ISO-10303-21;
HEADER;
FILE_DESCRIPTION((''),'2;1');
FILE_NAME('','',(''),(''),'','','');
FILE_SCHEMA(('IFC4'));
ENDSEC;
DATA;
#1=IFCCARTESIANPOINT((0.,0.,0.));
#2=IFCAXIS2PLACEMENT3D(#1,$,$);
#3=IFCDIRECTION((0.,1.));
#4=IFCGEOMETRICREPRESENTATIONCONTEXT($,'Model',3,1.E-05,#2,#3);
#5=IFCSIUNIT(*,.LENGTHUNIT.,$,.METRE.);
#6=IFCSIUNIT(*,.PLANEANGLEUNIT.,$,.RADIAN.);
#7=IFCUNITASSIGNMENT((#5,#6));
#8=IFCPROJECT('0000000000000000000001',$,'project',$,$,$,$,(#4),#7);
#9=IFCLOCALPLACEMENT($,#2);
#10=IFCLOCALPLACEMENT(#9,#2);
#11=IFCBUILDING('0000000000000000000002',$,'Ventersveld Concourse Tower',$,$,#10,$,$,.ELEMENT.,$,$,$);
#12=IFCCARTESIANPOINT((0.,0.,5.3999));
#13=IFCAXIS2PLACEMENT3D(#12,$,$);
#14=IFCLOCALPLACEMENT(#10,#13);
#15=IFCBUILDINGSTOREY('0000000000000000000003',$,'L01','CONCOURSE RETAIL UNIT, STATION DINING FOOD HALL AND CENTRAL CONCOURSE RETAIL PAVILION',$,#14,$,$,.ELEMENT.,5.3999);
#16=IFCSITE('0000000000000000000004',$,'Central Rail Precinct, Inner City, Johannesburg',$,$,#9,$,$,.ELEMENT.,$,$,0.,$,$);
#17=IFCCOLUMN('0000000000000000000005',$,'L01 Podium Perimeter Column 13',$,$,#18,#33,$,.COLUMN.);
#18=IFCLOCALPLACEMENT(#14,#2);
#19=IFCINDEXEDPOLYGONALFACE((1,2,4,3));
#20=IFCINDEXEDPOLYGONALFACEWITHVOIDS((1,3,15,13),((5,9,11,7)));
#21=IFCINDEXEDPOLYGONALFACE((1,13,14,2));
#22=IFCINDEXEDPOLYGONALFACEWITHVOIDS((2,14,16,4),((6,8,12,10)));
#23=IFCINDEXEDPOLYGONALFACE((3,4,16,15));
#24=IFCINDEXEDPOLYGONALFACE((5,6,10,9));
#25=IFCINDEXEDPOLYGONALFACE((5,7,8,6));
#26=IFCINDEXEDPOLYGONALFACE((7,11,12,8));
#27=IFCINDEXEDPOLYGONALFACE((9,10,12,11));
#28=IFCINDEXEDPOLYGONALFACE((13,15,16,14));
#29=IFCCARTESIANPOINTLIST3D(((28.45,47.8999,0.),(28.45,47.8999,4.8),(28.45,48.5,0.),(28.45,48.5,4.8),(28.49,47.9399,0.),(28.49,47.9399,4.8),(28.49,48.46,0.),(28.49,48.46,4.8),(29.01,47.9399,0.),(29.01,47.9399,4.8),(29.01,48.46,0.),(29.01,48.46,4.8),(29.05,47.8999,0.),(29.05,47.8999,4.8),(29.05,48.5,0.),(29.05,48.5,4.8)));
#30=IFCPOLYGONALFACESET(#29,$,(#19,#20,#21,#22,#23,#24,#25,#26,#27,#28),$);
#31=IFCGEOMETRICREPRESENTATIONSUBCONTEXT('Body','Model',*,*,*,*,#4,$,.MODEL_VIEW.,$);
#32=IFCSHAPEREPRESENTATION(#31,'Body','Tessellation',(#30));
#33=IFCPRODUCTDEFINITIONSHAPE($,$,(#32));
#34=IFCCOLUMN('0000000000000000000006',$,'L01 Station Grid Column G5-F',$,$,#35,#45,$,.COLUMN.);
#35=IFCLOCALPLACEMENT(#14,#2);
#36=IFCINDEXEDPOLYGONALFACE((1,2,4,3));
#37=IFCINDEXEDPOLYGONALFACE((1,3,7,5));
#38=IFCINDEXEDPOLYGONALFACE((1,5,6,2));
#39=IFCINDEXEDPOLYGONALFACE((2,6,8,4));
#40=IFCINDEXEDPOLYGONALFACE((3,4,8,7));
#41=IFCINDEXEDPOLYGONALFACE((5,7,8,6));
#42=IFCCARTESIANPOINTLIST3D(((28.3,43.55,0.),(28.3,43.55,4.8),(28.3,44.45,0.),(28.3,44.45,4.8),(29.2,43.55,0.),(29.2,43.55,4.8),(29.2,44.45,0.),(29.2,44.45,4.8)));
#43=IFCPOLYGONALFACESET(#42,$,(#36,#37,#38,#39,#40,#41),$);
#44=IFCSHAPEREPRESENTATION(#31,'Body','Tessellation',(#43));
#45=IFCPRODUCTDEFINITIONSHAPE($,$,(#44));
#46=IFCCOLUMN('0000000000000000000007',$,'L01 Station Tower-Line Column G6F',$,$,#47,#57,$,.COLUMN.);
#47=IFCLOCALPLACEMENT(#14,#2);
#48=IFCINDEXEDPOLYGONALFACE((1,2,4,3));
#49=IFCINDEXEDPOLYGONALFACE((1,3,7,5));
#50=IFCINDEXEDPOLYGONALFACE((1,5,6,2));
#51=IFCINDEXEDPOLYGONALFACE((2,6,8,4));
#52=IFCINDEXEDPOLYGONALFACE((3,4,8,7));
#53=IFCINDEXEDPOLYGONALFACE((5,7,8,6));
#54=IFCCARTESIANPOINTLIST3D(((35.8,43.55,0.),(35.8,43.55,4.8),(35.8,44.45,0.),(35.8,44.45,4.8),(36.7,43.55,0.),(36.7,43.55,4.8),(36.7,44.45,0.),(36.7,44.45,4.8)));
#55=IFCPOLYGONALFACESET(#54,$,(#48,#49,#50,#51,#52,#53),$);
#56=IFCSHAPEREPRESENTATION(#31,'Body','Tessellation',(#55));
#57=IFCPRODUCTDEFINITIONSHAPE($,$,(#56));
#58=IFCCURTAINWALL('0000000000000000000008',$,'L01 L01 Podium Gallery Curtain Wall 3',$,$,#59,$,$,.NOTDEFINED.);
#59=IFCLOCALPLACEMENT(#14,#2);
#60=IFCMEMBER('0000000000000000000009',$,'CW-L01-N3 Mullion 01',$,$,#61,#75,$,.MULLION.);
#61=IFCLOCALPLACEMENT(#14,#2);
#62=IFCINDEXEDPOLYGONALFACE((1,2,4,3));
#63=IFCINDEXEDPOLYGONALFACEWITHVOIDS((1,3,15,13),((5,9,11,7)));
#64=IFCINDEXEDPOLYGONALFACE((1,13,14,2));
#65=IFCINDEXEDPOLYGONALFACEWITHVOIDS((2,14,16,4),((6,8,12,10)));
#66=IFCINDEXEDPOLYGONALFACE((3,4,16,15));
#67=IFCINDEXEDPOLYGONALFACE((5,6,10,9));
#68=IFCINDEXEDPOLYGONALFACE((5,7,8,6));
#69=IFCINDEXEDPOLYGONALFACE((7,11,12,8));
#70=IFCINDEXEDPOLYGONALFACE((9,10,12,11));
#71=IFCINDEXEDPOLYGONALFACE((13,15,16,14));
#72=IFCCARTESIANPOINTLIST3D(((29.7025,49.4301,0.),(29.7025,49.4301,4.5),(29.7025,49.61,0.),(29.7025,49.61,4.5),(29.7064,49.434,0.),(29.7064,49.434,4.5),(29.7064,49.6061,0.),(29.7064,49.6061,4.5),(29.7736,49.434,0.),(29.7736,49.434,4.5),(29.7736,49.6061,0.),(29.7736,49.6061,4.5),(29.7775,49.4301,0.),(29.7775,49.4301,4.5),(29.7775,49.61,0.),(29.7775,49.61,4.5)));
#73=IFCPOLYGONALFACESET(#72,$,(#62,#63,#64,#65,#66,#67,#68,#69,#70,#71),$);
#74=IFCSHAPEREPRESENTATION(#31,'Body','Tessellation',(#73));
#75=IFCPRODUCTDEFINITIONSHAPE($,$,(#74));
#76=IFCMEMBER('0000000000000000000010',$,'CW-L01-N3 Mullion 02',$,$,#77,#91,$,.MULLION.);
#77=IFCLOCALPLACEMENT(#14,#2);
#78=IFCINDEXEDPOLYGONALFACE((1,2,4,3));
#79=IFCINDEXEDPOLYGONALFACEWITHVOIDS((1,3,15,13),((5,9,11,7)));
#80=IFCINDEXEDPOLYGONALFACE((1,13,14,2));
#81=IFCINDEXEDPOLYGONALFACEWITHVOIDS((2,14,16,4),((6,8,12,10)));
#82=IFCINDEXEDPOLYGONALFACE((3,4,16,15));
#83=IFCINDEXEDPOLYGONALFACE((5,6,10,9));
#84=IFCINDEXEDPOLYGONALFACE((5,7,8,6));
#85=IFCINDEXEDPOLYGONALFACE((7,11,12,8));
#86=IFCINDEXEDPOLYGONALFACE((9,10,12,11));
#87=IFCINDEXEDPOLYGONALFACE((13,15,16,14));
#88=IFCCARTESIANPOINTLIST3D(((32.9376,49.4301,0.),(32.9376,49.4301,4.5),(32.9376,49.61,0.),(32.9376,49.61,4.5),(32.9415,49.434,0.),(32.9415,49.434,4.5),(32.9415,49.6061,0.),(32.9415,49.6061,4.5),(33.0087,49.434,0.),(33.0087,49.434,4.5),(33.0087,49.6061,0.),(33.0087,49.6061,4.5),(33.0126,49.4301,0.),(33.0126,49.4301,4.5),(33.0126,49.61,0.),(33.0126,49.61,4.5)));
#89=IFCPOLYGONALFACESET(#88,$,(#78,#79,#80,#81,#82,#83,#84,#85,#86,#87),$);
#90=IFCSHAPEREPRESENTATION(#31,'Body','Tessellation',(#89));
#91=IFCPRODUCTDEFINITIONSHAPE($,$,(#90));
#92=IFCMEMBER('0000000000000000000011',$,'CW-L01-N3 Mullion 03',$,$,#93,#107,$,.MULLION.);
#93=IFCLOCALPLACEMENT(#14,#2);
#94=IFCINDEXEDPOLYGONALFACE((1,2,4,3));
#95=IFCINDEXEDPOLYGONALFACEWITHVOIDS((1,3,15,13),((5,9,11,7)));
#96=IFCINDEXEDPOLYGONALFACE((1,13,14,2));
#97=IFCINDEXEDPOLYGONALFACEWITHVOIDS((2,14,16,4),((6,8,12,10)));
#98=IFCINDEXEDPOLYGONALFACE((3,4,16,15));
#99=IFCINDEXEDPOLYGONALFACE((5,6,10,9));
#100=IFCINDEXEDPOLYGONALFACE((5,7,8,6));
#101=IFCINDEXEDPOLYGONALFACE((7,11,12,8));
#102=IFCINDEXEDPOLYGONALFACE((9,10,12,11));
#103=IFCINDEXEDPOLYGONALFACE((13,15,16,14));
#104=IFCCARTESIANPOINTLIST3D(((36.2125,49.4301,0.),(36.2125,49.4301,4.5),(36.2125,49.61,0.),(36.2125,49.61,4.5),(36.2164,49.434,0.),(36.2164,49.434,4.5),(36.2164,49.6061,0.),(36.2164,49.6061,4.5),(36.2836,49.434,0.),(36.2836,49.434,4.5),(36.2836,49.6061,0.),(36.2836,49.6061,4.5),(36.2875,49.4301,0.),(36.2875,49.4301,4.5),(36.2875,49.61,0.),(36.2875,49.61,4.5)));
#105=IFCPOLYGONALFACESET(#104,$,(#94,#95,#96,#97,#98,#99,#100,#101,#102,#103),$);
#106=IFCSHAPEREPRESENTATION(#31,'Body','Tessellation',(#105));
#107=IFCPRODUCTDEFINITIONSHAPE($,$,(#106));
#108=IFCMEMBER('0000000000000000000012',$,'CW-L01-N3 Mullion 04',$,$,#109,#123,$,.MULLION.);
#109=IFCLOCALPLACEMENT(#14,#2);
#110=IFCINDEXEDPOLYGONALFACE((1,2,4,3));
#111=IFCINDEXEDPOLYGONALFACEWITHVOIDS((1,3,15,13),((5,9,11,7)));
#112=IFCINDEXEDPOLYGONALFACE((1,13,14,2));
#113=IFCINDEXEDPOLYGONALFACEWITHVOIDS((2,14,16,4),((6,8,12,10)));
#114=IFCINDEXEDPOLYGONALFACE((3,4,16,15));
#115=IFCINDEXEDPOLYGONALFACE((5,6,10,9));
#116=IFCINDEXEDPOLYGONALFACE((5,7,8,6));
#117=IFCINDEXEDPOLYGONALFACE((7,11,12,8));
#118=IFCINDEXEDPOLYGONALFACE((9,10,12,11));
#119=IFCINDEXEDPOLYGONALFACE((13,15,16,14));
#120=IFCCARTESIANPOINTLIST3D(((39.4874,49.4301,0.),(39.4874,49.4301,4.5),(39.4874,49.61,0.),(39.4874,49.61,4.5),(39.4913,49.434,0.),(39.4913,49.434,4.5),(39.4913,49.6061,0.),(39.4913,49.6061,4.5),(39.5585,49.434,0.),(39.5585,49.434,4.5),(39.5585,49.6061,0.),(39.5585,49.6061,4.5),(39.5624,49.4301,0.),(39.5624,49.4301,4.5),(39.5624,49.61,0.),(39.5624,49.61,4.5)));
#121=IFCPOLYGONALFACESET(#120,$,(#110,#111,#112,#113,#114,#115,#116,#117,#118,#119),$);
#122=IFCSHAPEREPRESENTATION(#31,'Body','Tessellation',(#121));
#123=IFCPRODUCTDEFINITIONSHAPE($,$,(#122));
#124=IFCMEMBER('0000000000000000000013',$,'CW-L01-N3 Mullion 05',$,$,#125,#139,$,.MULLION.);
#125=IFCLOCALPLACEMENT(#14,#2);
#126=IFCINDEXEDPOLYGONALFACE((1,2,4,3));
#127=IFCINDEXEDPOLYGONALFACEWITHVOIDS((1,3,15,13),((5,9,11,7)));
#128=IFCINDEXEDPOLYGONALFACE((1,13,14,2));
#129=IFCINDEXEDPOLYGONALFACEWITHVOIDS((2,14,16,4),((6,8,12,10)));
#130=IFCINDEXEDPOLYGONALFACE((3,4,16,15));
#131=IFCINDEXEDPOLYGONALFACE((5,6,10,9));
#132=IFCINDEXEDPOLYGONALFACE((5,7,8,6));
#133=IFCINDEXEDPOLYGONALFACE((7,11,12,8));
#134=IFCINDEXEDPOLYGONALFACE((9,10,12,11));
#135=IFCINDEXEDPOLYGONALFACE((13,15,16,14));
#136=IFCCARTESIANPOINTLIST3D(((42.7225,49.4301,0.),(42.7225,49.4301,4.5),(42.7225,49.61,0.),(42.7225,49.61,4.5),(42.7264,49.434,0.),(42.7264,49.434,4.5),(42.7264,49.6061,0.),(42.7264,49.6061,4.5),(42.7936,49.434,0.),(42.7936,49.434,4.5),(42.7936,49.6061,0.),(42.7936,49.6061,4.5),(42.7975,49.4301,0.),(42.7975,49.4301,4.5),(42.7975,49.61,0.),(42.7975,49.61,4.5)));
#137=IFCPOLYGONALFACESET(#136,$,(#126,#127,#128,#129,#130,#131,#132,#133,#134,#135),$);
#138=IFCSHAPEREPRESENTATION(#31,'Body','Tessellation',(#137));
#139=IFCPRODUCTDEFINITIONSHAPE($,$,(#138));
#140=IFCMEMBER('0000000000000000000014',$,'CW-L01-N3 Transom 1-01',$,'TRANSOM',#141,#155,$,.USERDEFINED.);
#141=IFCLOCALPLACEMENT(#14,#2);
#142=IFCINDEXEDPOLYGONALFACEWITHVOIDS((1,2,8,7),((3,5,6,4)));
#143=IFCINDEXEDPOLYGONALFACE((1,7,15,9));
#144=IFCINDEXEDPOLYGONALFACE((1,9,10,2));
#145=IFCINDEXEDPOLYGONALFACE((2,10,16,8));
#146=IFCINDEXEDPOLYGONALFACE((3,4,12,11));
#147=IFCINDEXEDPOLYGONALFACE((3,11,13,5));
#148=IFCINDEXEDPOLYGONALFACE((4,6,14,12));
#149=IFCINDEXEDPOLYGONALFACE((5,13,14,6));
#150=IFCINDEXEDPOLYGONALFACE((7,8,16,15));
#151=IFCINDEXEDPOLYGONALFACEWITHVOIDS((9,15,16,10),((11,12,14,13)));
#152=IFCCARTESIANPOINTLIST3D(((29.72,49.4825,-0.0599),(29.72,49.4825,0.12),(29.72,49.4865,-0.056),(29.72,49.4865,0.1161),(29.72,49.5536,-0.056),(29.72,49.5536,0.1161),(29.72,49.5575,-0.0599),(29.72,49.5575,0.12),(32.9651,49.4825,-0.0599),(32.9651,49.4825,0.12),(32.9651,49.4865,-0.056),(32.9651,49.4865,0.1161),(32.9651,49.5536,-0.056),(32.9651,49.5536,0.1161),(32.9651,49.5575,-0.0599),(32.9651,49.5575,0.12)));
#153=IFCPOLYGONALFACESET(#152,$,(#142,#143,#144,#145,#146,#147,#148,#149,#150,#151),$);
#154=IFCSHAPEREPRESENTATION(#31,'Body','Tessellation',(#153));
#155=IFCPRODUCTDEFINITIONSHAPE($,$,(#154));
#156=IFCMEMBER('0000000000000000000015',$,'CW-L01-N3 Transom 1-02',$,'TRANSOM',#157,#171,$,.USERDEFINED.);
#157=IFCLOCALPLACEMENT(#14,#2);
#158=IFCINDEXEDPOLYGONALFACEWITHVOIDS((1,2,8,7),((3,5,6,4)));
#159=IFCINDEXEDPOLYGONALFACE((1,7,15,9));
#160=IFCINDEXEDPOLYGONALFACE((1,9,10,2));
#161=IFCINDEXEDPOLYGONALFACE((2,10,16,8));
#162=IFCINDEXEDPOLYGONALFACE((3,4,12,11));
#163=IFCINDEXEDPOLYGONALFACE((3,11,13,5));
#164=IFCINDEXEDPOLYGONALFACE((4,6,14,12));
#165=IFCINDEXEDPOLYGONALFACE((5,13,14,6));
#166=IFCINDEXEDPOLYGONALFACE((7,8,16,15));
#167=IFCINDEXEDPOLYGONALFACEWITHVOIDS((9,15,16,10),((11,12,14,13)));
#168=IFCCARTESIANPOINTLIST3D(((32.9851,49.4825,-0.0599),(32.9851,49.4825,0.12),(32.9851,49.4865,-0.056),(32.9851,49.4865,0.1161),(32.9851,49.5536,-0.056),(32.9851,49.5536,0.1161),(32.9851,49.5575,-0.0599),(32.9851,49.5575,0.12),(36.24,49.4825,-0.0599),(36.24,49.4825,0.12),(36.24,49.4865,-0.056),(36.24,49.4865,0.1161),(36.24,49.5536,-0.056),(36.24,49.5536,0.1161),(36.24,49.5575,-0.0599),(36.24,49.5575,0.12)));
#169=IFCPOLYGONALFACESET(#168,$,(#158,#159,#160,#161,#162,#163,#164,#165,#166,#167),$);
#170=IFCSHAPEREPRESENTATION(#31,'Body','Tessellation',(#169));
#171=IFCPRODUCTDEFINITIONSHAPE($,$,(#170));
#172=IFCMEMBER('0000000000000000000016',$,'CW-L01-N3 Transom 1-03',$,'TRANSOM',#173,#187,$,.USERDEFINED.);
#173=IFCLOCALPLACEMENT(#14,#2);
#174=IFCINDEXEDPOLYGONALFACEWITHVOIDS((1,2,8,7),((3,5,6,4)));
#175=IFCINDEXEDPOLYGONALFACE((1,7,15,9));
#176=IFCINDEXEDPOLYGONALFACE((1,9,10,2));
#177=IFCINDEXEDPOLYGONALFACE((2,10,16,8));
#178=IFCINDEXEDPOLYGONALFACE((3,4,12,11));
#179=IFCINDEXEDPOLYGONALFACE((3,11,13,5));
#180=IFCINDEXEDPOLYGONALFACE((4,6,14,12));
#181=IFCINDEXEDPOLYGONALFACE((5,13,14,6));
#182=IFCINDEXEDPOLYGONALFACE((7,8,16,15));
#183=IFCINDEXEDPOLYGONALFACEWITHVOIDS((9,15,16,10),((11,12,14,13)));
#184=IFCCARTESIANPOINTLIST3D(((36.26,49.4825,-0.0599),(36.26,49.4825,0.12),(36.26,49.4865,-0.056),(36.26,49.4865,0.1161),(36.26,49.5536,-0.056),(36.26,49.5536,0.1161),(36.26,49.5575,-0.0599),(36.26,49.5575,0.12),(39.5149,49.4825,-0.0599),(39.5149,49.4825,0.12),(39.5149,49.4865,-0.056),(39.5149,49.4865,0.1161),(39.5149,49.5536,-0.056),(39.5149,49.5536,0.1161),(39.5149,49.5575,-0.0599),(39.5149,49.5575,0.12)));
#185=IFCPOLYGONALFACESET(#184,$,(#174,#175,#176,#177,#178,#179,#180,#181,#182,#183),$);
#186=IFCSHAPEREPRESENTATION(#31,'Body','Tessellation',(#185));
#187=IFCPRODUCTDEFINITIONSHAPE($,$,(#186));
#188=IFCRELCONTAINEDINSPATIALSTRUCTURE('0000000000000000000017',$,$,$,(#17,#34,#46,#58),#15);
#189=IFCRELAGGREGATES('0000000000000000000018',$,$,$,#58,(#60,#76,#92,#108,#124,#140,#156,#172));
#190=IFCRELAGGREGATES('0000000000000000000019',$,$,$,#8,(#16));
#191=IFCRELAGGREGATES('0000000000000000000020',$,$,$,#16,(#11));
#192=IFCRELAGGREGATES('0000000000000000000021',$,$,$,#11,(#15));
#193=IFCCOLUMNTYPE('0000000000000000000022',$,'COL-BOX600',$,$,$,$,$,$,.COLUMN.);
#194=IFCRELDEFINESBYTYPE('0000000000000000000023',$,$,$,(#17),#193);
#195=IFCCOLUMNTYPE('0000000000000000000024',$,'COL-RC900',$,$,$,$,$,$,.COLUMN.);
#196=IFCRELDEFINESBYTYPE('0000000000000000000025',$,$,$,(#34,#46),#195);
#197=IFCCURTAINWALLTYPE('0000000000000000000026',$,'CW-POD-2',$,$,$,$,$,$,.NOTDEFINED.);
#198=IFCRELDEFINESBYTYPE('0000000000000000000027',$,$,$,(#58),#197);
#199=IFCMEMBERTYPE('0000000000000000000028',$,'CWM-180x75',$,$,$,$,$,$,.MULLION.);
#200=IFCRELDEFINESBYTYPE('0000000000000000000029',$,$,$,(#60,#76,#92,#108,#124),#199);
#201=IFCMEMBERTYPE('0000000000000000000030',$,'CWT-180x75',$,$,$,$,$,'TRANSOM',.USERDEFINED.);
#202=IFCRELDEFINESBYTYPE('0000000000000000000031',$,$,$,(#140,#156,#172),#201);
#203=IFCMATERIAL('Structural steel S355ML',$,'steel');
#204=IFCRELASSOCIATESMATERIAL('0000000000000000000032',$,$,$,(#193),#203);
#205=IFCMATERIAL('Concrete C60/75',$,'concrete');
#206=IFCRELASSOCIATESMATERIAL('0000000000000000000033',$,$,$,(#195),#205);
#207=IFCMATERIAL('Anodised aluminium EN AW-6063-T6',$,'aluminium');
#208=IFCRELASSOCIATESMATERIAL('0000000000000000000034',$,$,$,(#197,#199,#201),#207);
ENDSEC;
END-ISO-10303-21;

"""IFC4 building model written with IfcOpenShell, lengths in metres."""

from ifc_helpers import new_model, si_unit, direction, frame, origin, origin_2d, place, context, subcontext, project, spatial, rectangle, hollow_rectangle, extrude, material, material_profile, profile_set, type_object, element, aggregate, save


model = new_model("IFC4")

# Units and contexts
model_context = context("Model", 3, precision=1e-05, world=origin(), true_north=direction((0.0, 1.0)))
body_context = subcontext(model_context, "Body", "Model", "MODEL_VIEW")
ifc_project = project(units=[si_unit("LENGTHUNIT", "METRE"), si_unit("PLANEANGLEUNIT", "RADIAN")], contexts=[model_context])

# Site, building, storey
site_placement = place(None, origin())
site = spatial("IfcSite", under=ifc_project, at=site_placement, Name="Central Rail Precinct, Inner City, Johannesburg", CompositionType="ELEMENT", RefElevation=0.0)
building_placement = place(site_placement, origin())
building = spatial("IfcBuilding", under=site, at=building_placement, Name="Ventersveld Concourse Tower", CompositionType="ELEMENT")
storey_placement = place(building_placement, frame((0.0, 0.0, 5.3999)))
storey = spatial("IfcBuildingStorey", under=building, at=storey_placement, Name="L01", Description="CONCOURSE RETAIL UNIT, STATION DINING FOOD HALL AND CENTRAL CONCOURSE RETAIL PAVILION", CompositionType="ELEMENT", Elevation=5.3999)

# Columns
ifc_material_1 = material(Name="Structural steel S355ML", Category="steel")
ifc_material_profile_1 = material_profile(ifc_material_1, hollow_rectangle(XDim=0.6001, YDim=0.6001, WallThickness=0.04, at=origin_2d()), Name="BOX 600x600x40")
ifc_profile_set_1 = profile_set([ifc_material_profile_1], Name="Structural steel S355ML")
column_type_1 = type_object("IfcColumnType", Name="COL-BOX600", PredefinedType="COLUMN", material=ifc_profile_set_1)
column_placement = place(storey_placement, frame((28.75, 48.2, 0.0), z_axis=(0.0, 0.0, 1.0), x_axis=(1.0, 0.0, 0.0)))
element("IfcColumn", 1, at=column_placement, inside=storey, type_object=column_type_1, Name="L01 Podium Perimeter Column 13", PredefinedType="COLUMN", context=body_context, shape_type="SweptSolid", body=[
    extrude(hollow_rectangle(XDim=0.6001, YDim=0.6001, WallThickness=0.04, at=origin_2d()), origin(), (0.0, 0.0, 1.0), 4.8),
])
ifc_material_2 = material(Name="Concrete C60/75", Category="concrete")
ifc_material_profile_2 = material_profile(ifc_material_2, rectangle(XDim=0.8999, YDim=0.8999, at=origin_2d()), Name="RC 900x900")
ifc_profile_set_2 = profile_set([ifc_material_profile_2], Name="Concrete C60/75")
column_type_2 = type_object("IfcColumnType", Name="COL-RC900", PredefinedType="COLUMN", material=ifc_profile_set_2)
for number, where, z_axis, x_axis, name in (
    (2, (28.75, 44.0, 0.0), (0.0, 0.0, 1.0), (1.0, 0.0, 0.0), "L01 Station Grid Column G5-F"),
    (3, (36.25, 44.0, 0.0), (0.0, 0.0, 1.0), (1.0, 0.0, 0.0), "L01 Station Tower-Line Column G6F"),
):
    element("IfcColumn", number, at=place(storey_placement, frame(where, z_axis=z_axis, x_axis=x_axis)), inside=storey, type_object=column_type_2, Name=name, PredefinedType="COLUMN", context=body_context, shape_type="SweptSolid", body=[
        extrude(rectangle(XDim=0.8999, YDim=0.8999, at=origin_2d()), origin(), (0.0, 0.0, 1.0), 4.8),
    ])

# Curtain wall, members
ifc_material_3 = material(Name="Anodised aluminium EN AW-6063-T6", Category="aluminium")
curtain_wall_type = type_object("IfcCurtainWallType", Name="CW-POD-2", PredefinedType="NOTDEFINED", material=ifc_material_3)
curtain_wall_placement = place(storey_placement, origin())
curtain_wall = element("IfcCurtainWall", 4, at=curtain_wall_placement, inside=storey, type_object=curtain_wall_type, Name="L01 L01 Podium Gallery Curtain Wall 3", PredefinedType="NOTDEFINED")
ifc_material_profile_3 = material_profile(ifc_material_3, hollow_rectangle(XDim=0.075, YDim=0.1799, WallThickness=0.0039, at=origin_2d()), Name="ALU 180x75x4")
ifc_profile_set_3 = profile_set([ifc_material_profile_3], Name="Anodised aluminium EN AW-6063-T6")
member_type_1 = type_object("IfcMemberType", Name="CWM-180x75", PredefinedType="MULLION", material=ifc_profile_set_3)
member_1_placement = place(storey_placement, frame((29.74, 49.52, 0.0), z_axis=(0.0, 0.0, 1.0), x_axis=(1.0, 0.0, 0.0)))
member_1 = element("IfcMember", 5, at=member_1_placement, type_object=member_type_1, Name="CW-L01-N3 Mullion 01", PredefinedType="MULLION", context=body_context, shape_type="SweptSolid", body=[
    extrude(hollow_rectangle(XDim=0.075, YDim=0.1799, WallThickness=0.0039, at=origin_2d()), origin(), (0.0, 0.0, 1.0), 4.5),
])
member_2_placement = place(storey_placement, frame((32.9751, 49.52, 0.0), z_axis=(0.0, 0.0, 1.0), x_axis=(1.0, 0.0, 0.0)))
member_2 = element("IfcMember", 6, at=member_2_placement, type_object=member_type_1, Name="CW-L01-N3 Mullion 02", PredefinedType="MULLION", context=body_context, shape_type="SweptSolid", body=[
    extrude(hollow_rectangle(XDim=0.075, YDim=0.1799, WallThickness=0.0039, at=origin_2d()), origin(), (0.0, 0.0, 1.0), 4.5),
])
member_3_placement = place(storey_placement, frame((36.25, 49.52, 0.0), z_axis=(0.0, 0.0, 1.0), x_axis=(1.0, 0.0, 0.0)))
member_3 = element("IfcMember", 7, at=member_3_placement, type_object=member_type_1, Name="CW-L01-N3 Mullion 03", PredefinedType="MULLION", context=body_context, shape_type="SweptSolid", body=[
    extrude(hollow_rectangle(XDim=0.075, YDim=0.1799, WallThickness=0.0039, at=origin_2d()), origin(), (0.0, 0.0, 1.0), 4.5),
])
member_4_placement = place(storey_placement, frame((39.5249, 49.52, 0.0), z_axis=(0.0, 0.0, 1.0), x_axis=(1.0, 0.0, 0.0)))
member_4 = element("IfcMember", 8, at=member_4_placement, type_object=member_type_1, Name="CW-L01-N3 Mullion 04", PredefinedType="MULLION", context=body_context, shape_type="SweptSolid", body=[
    extrude(hollow_rectangle(XDim=0.075, YDim=0.1799, WallThickness=0.0039, at=origin_2d()), origin(), (0.0, 0.0, 1.0), 4.5),
])
member_5_placement = place(storey_placement, frame((42.76, 49.52, 0.0), z_axis=(0.0, 0.0, 1.0), x_axis=(1.0, 0.0, 0.0)))
member_5 = element("IfcMember", 9, at=member_5_placement, type_object=member_type_1, Name="CW-L01-N3 Mullion 05", PredefinedType="MULLION", context=body_context, shape_type="SweptSolid", body=[
    extrude(hollow_rectangle(XDim=0.075, YDim=0.1799, WallThickness=0.0039, at=origin_2d()), origin(), (0.0, 0.0, 1.0), 4.5),
])
ifc_material_profile_4 = material_profile(ifc_material_3, hollow_rectangle(XDim=0.075, YDim=0.1799, WallThickness=0.0039, at=origin_2d()), Name="ALU 180x75x4")
ifc_profile_set_4 = profile_set([ifc_material_profile_4], Name="Anodised aluminium EN AW-6063-T6")
member_type_2 = type_object("IfcMemberType", Name="CWT-180x75", ElementType="TRANSOM", PredefinedType="USERDEFINED", material=ifc_profile_set_4)
member_6_placement = place(storey_placement, frame((29.72, 49.52, 0.03), z_axis=(1.0, 0.0, 0.0), x_axis=(0.0, 1.0, 0.0)))
member_6 = element("IfcMember", 10, at=member_6_placement, type_object=member_type_2, Name="CW-L01-N3 Transom 1-01", ObjectType="TRANSOM", PredefinedType="USERDEFINED", context=body_context, shape_type="SweptSolid", body=[
    extrude(hollow_rectangle(XDim=0.075, YDim=0.1799, WallThickness=0.0039, at=origin_2d()), origin(), (0.0, 0.0, 1.0), 3.2451),
])
member_7_placement = place(storey_placement, frame((32.9851, 49.52, 0.03), z_axis=(1.0, 0.0, 0.0), x_axis=(0.0, 1.0, 0.0)))
member_7 = element("IfcMember", 11, at=member_7_placement, type_object=member_type_2, Name="CW-L01-N3 Transom 1-02", ObjectType="TRANSOM", PredefinedType="USERDEFINED", context=body_context, shape_type="SweptSolid", body=[
    extrude(hollow_rectangle(XDim=0.075, YDim=0.1799, WallThickness=0.0039, at=origin_2d()), origin(), (0.0, 0.0, 1.0), 3.2549),
])
member_8_placement = place(storey_placement, frame((36.26, 49.52, 0.03), z_axis=(1.0, 0.0, 0.0), x_axis=(0.0, 1.0, 0.0)))
member_8 = element("IfcMember", 12, at=member_8_placement, type_object=member_type_2, Name="CW-L01-N3 Transom 1-03", ObjectType="TRANSOM", PredefinedType="USERDEFINED", context=body_context, shape_type="SweptSolid", body=[
    extrude(hollow_rectangle(XDim=0.075, YDim=0.1799, WallThickness=0.0039, at=origin_2d()), origin(), (0.0, 0.0, 1.0), 3.2549),
])

aggregate(curtain_wall, [member_1, member_2, member_3, member_4, member_5, member_6, member_7, member_8])

save(model, "model.ifc")
